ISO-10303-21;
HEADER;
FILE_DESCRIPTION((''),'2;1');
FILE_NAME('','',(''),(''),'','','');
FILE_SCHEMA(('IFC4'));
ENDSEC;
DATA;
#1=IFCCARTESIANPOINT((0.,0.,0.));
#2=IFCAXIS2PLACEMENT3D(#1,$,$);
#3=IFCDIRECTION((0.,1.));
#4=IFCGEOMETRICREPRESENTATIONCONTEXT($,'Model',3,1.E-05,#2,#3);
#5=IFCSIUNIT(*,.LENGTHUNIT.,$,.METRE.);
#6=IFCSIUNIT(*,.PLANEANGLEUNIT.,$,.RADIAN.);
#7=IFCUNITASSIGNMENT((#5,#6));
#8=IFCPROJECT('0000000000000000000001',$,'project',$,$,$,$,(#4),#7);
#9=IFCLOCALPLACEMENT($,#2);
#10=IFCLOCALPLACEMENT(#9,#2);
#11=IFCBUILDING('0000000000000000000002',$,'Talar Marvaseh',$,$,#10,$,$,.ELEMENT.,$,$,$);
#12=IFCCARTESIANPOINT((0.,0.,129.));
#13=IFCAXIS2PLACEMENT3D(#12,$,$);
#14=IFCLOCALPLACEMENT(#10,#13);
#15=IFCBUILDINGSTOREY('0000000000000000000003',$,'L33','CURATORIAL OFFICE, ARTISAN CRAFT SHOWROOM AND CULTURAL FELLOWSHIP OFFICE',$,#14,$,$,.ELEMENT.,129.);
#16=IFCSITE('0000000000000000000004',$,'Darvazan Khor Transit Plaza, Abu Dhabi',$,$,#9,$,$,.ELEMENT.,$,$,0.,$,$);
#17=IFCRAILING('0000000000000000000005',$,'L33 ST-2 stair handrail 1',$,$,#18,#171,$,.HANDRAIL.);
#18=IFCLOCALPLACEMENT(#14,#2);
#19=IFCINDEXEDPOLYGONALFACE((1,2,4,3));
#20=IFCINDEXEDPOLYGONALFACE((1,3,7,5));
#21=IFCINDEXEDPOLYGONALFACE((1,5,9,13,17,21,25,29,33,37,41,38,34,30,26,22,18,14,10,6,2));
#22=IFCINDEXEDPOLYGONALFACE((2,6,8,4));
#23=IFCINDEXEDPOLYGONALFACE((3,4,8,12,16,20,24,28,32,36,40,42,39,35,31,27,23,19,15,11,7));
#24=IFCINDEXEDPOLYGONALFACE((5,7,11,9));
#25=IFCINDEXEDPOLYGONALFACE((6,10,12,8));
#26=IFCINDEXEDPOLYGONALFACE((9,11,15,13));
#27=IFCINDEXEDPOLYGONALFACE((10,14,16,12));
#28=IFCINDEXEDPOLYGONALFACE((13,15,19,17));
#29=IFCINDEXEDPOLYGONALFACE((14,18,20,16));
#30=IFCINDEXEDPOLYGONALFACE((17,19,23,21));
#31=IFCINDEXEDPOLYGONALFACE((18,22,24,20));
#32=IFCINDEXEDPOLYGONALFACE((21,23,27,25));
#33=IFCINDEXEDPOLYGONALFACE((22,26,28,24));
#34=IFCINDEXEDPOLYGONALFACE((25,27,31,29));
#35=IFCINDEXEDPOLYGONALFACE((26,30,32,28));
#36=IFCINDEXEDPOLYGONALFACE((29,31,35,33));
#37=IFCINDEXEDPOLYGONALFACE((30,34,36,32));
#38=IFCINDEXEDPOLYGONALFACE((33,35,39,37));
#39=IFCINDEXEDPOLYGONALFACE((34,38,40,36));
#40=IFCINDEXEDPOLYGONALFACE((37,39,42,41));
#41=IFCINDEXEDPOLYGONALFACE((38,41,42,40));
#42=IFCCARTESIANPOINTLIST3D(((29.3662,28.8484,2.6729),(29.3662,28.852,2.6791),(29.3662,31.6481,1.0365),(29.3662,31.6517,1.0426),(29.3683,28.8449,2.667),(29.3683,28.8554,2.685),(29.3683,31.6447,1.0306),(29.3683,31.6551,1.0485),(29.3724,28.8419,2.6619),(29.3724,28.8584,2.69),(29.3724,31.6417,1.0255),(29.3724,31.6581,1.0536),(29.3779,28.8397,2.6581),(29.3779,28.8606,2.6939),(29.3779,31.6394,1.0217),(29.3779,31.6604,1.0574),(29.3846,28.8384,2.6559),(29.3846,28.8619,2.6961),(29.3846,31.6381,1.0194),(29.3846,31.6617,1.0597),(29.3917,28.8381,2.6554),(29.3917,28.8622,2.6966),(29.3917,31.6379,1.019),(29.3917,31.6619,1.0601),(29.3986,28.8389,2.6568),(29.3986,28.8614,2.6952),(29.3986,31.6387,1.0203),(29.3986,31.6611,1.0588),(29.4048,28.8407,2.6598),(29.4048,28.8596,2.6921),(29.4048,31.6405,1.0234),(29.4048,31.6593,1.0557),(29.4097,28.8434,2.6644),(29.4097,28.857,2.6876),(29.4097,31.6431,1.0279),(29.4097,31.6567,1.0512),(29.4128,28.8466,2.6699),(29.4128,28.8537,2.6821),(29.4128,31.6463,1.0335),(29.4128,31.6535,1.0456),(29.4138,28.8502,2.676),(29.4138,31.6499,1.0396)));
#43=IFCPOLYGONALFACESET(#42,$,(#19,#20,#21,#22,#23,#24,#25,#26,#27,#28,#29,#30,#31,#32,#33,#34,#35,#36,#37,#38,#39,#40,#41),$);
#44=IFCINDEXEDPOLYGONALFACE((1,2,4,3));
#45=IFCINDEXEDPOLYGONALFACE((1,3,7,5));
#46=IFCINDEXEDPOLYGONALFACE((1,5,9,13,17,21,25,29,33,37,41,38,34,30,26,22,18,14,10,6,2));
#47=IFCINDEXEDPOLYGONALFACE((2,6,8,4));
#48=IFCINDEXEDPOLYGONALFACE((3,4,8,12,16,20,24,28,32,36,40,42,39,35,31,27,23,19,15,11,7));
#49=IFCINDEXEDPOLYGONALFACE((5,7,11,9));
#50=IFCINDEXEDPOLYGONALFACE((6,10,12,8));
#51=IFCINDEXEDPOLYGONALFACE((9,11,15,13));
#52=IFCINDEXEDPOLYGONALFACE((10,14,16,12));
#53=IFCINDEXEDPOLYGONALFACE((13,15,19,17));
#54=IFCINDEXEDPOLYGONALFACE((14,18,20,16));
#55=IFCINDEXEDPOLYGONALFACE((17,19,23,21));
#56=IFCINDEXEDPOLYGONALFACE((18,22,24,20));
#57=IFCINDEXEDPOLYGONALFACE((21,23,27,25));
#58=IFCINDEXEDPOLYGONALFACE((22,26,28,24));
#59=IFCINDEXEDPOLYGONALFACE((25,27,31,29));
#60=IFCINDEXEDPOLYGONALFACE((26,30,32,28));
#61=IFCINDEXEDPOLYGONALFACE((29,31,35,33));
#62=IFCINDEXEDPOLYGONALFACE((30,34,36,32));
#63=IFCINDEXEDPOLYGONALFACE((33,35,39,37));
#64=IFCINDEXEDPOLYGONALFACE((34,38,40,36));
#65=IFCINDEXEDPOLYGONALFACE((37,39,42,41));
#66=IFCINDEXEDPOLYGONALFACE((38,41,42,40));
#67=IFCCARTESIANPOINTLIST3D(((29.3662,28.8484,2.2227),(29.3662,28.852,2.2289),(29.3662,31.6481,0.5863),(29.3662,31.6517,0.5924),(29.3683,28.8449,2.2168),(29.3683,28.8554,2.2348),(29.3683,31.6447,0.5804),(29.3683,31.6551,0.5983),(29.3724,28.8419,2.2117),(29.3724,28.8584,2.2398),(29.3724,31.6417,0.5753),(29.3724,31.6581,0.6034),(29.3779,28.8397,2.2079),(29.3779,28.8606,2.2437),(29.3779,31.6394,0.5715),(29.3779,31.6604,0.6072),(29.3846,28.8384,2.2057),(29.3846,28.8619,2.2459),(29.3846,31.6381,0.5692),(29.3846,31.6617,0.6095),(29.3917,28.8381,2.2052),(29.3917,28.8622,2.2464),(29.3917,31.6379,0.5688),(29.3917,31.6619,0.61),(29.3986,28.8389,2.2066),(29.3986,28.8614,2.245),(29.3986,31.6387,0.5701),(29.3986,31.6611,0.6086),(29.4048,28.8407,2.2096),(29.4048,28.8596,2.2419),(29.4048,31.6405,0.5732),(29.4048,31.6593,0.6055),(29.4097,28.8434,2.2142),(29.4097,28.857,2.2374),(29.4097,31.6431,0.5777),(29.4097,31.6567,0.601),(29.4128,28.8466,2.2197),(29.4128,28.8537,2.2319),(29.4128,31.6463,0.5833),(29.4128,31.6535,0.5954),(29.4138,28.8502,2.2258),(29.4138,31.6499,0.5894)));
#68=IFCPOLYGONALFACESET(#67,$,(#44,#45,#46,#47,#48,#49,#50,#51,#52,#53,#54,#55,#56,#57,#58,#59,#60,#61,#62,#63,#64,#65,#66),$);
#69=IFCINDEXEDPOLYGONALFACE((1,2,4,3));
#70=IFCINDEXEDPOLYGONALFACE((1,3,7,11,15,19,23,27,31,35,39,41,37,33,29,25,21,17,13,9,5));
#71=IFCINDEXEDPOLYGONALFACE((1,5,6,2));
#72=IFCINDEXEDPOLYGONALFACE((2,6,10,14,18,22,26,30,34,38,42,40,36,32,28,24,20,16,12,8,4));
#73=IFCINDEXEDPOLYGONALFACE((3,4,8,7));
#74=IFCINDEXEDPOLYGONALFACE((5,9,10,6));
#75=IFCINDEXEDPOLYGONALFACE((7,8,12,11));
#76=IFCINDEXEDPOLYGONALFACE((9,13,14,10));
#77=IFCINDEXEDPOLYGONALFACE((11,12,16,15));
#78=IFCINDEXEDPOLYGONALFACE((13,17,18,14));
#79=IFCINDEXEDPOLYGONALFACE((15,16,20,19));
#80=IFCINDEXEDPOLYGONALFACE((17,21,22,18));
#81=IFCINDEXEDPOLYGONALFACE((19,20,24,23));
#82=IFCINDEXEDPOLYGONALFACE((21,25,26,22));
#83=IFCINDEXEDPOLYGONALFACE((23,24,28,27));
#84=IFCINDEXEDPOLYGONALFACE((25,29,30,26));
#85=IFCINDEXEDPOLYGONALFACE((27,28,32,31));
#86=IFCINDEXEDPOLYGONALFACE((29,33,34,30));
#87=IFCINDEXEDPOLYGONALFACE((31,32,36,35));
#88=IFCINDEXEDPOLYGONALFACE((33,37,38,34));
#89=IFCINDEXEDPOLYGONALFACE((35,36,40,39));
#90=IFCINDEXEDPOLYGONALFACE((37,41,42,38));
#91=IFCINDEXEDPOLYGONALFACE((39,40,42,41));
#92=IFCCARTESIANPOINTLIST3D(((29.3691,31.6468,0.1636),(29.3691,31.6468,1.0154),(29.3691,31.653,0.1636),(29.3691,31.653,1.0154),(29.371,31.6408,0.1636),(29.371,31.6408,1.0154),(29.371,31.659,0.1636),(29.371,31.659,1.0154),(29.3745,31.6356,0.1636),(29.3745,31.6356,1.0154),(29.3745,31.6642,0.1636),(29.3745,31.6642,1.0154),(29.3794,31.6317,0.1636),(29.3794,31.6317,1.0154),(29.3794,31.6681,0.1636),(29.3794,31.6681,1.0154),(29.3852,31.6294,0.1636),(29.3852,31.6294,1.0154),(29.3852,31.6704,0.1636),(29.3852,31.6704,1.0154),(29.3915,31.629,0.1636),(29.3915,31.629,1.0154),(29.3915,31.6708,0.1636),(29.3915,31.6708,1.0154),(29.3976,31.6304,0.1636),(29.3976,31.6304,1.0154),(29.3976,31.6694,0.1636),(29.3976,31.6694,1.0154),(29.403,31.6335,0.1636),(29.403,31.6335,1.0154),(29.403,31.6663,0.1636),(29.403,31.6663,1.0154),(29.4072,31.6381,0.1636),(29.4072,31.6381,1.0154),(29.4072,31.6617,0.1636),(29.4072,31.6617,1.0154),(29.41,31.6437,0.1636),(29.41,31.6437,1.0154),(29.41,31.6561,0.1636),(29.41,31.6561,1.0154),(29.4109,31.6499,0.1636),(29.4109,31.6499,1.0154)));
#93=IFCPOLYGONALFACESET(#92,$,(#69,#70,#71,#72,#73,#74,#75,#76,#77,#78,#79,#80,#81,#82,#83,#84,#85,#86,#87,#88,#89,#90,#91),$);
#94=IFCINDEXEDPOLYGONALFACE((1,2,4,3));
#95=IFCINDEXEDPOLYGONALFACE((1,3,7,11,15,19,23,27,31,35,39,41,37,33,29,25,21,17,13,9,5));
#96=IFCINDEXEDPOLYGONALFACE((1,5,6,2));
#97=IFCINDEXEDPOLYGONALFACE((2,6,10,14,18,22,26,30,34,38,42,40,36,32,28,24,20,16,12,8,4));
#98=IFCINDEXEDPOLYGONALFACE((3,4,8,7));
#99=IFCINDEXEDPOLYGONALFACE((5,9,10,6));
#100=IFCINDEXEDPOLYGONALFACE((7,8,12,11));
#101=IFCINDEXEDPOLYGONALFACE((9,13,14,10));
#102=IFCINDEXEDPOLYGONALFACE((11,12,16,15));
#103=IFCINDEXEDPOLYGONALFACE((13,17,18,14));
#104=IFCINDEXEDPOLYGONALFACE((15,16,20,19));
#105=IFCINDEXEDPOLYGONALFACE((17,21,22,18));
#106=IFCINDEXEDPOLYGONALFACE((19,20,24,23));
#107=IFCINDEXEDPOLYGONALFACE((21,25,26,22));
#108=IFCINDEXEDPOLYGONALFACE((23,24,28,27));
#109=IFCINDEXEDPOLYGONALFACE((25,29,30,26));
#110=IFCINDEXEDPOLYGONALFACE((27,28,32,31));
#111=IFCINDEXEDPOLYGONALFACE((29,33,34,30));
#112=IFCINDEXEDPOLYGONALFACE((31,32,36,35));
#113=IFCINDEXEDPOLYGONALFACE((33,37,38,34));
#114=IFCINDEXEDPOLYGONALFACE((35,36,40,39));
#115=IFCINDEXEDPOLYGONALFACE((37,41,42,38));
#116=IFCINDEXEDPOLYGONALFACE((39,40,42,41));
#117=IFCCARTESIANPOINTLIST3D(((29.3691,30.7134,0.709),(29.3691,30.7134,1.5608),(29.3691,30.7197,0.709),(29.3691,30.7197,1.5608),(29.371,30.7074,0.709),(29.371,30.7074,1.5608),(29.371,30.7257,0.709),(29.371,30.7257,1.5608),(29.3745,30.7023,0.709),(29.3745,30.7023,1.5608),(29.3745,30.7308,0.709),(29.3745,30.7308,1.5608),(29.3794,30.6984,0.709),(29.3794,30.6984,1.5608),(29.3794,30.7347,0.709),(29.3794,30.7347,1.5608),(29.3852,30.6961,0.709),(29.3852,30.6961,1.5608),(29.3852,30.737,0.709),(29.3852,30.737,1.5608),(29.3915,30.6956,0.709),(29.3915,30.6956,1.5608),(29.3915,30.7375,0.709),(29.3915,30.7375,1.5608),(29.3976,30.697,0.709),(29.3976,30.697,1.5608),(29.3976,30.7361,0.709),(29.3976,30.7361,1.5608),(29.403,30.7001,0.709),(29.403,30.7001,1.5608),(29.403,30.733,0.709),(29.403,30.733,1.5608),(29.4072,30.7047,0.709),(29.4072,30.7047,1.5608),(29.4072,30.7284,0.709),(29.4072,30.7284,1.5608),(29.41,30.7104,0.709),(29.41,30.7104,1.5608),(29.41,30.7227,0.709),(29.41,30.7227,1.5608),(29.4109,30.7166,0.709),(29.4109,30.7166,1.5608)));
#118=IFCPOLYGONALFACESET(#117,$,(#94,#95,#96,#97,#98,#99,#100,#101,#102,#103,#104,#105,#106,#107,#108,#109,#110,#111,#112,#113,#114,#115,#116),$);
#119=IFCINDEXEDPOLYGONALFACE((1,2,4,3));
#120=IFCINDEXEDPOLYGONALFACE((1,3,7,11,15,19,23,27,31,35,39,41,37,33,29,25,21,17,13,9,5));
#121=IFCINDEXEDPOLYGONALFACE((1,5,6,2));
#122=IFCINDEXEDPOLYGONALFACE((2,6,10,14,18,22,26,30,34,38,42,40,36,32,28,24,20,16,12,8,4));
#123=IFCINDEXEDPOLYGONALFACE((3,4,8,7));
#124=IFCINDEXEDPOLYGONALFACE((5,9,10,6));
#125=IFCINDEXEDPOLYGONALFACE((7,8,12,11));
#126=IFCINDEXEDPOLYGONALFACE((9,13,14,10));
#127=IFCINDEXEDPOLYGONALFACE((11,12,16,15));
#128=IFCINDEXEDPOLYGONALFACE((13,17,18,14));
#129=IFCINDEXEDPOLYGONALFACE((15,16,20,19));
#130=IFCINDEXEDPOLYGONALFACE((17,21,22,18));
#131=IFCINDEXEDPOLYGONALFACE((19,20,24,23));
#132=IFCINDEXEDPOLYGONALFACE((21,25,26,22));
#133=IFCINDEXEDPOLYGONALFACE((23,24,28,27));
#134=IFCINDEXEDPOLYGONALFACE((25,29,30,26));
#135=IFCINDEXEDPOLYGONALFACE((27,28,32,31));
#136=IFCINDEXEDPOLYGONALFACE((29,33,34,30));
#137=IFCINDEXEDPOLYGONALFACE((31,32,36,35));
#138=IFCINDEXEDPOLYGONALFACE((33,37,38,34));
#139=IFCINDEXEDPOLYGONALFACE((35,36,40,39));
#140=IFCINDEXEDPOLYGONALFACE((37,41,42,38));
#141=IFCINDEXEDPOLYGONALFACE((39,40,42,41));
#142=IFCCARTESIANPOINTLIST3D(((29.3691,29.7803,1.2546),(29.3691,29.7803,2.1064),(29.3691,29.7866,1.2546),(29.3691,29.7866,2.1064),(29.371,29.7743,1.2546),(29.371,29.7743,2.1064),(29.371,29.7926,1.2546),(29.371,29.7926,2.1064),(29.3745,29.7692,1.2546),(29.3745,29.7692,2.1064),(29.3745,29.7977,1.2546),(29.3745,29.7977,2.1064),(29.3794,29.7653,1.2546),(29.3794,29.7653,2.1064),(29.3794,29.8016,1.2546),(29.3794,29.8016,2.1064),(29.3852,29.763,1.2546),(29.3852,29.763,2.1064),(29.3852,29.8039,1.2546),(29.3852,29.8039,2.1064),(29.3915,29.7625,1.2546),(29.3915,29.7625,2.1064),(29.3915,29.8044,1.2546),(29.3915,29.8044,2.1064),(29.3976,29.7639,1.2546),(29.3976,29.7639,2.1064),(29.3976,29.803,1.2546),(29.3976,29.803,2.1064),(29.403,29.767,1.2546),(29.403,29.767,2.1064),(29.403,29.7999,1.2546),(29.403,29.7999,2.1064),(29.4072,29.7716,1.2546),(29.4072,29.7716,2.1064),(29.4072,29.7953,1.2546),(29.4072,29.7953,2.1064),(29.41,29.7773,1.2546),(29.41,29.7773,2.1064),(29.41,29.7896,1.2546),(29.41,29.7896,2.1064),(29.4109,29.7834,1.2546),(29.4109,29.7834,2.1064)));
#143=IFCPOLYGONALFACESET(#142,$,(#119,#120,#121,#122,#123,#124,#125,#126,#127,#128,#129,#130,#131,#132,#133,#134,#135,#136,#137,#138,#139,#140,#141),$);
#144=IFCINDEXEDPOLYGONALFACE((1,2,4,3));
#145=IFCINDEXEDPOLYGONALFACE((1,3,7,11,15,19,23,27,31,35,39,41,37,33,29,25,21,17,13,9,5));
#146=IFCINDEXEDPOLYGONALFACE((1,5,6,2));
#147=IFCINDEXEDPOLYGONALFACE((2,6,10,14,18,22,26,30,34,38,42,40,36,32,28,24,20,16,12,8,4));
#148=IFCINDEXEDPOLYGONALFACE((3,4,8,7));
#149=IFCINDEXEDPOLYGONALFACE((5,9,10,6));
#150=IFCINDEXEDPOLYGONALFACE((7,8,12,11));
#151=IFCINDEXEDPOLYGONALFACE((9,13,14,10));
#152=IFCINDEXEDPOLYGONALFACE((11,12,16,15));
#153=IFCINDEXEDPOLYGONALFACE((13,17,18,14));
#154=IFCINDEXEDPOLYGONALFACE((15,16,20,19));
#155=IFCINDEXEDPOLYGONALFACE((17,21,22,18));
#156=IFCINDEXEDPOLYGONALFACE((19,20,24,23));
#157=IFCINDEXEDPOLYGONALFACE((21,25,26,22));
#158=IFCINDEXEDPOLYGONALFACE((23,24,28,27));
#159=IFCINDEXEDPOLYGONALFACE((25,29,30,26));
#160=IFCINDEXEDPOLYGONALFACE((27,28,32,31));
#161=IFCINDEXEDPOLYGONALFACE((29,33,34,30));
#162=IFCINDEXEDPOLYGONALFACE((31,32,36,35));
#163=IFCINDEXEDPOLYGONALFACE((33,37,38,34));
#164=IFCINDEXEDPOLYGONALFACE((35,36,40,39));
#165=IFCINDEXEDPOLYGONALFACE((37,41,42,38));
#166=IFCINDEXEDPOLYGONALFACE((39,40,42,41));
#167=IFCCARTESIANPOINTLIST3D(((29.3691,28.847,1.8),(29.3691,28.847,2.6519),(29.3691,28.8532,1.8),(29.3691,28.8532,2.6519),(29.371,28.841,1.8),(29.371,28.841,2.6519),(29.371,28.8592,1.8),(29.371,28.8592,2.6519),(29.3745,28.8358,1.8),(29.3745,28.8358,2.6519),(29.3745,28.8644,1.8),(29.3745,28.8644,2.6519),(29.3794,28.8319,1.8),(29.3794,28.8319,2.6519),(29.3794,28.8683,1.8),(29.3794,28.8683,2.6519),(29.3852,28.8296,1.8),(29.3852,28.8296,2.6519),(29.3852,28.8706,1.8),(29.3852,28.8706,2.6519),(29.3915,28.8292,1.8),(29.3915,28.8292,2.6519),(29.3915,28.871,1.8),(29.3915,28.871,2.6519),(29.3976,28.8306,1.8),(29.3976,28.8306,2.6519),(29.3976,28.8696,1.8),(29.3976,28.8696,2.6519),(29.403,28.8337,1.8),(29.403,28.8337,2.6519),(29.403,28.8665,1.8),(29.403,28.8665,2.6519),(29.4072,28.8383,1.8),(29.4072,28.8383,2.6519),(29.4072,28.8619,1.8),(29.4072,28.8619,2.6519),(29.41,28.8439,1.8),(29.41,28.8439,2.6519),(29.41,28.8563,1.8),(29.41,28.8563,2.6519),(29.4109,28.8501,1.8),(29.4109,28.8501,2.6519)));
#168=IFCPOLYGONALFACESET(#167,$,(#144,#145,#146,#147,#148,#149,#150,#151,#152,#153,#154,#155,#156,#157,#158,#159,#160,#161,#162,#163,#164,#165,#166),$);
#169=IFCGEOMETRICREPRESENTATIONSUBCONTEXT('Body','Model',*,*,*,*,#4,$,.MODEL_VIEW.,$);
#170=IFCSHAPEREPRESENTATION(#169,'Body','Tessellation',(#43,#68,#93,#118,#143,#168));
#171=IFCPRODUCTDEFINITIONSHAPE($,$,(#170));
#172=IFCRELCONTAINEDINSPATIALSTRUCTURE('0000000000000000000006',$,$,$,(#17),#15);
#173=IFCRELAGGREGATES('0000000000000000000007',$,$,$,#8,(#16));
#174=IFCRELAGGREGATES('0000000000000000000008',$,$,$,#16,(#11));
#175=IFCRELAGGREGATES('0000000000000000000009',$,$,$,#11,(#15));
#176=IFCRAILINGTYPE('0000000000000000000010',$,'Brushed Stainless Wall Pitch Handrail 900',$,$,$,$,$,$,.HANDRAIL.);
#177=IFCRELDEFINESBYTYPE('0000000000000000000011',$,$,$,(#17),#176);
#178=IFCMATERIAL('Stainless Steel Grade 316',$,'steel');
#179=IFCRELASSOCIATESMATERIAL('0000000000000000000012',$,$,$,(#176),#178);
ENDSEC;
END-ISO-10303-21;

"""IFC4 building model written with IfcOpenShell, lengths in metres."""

from ifc_helpers import new_model, si_unit, direction, frame, origin, origin_2d, place, context, subcontext, project, spatial, circle, extrude, material, type_object, element, save


model = new_model("IFC4")

# Units and contexts
model_context = context("Model", 3, precision=1e-05, world=origin(), true_north=direction((0.0, 1.0)))
body_context = subcontext(model_context, "Body", "Model", "MODEL_VIEW")
ifc_project = project(units=[si_unit("LENGTHUNIT", "METRE"), si_unit("PLANEANGLEUNIT", "RADIAN")], contexts=[model_context])

# Site, building, storey
site_placement = place(None, origin())
site = spatial("IfcSite", under=ifc_project, at=site_placement, Name="Darvazan Khor Transit Plaza, Abu Dhabi", CompositionType="ELEMENT", RefElevation=0.0)
building_placement = place(site_placement, origin())
building = spatial("IfcBuilding", under=site, at=building_placement, Name="Talar Marvaseh", CompositionType="ELEMENT")
storey_placement = place(building_placement, frame((0.0, 0.0, 129.0)))
storey = spatial("IfcBuildingStorey", under=building, at=storey_placement, Name="L33", Description="CURATORIAL OFFICE, ARTISAN CRAFT SHOWROOM AND CULTURAL FELLOWSHIP OFFICE", CompositionType="ELEMENT", Elevation=129.0)

# Shared definitions
ifc_material_1 = material(Name="Stainless Steel Grade 316", Category="steel")

# Railing
railing_type_1 = type_object("IfcRailingType", Name="Brushed Stainless Wall Pitch Handrail 900", PredefinedType="HANDRAIL", material=ifc_material_1)
railing_1_placement = place(storey_placement, frame((29.3899, 31.6499, 0.1636)))
element("IfcRailing", 1, at=railing_1_placement, inside=storey, type_object=railing_type_1, Name="L33 ST-2 stair handrail 1", PredefinedType="HANDRAIL", context=body_context, shape_type="SweptSolid", body=[
    extrude(circle(Radius=0.0239, at=origin_2d()), frame((0.0, 0.0, 0.876), z_axis=(0.0, -0.863342, 0.50462), x_axis=(1.0, 0.0, 0.0)), (0.0, 0.0, 1.0), 3.2429),
    extrude(circle(Radius=0.0239, at=origin_2d()), frame((0.0, 0.0, 0.4258), z_axis=(0.0, -0.863342, 0.50462), x_axis=(1.0, 0.0, 0.0)), (0.0, 0.0, 1.0), 3.2429),
    extrude(circle(Radius=0.021, at=origin_2d()), origin(), (0.0, 0.0, 1.0), 0.8518),
    extrude(circle(Radius=0.021, at=origin_2d()), frame((0.0, -0.9333, 0.5454)), (0.0, 0.0, 1.0), 0.8518),
    extrude(circle(Radius=0.021, at=origin_2d()), frame((0.0, -1.8665, 1.0911)), (0.0, 0.0, 1.0), 0.8518),
    extrude(circle(Radius=0.021, at=origin_2d()), frame((0.0, -2.7998, 1.6365)), (0.0, 0.0, 1.0), 0.8518),
])

save(model, "model.ifc")
